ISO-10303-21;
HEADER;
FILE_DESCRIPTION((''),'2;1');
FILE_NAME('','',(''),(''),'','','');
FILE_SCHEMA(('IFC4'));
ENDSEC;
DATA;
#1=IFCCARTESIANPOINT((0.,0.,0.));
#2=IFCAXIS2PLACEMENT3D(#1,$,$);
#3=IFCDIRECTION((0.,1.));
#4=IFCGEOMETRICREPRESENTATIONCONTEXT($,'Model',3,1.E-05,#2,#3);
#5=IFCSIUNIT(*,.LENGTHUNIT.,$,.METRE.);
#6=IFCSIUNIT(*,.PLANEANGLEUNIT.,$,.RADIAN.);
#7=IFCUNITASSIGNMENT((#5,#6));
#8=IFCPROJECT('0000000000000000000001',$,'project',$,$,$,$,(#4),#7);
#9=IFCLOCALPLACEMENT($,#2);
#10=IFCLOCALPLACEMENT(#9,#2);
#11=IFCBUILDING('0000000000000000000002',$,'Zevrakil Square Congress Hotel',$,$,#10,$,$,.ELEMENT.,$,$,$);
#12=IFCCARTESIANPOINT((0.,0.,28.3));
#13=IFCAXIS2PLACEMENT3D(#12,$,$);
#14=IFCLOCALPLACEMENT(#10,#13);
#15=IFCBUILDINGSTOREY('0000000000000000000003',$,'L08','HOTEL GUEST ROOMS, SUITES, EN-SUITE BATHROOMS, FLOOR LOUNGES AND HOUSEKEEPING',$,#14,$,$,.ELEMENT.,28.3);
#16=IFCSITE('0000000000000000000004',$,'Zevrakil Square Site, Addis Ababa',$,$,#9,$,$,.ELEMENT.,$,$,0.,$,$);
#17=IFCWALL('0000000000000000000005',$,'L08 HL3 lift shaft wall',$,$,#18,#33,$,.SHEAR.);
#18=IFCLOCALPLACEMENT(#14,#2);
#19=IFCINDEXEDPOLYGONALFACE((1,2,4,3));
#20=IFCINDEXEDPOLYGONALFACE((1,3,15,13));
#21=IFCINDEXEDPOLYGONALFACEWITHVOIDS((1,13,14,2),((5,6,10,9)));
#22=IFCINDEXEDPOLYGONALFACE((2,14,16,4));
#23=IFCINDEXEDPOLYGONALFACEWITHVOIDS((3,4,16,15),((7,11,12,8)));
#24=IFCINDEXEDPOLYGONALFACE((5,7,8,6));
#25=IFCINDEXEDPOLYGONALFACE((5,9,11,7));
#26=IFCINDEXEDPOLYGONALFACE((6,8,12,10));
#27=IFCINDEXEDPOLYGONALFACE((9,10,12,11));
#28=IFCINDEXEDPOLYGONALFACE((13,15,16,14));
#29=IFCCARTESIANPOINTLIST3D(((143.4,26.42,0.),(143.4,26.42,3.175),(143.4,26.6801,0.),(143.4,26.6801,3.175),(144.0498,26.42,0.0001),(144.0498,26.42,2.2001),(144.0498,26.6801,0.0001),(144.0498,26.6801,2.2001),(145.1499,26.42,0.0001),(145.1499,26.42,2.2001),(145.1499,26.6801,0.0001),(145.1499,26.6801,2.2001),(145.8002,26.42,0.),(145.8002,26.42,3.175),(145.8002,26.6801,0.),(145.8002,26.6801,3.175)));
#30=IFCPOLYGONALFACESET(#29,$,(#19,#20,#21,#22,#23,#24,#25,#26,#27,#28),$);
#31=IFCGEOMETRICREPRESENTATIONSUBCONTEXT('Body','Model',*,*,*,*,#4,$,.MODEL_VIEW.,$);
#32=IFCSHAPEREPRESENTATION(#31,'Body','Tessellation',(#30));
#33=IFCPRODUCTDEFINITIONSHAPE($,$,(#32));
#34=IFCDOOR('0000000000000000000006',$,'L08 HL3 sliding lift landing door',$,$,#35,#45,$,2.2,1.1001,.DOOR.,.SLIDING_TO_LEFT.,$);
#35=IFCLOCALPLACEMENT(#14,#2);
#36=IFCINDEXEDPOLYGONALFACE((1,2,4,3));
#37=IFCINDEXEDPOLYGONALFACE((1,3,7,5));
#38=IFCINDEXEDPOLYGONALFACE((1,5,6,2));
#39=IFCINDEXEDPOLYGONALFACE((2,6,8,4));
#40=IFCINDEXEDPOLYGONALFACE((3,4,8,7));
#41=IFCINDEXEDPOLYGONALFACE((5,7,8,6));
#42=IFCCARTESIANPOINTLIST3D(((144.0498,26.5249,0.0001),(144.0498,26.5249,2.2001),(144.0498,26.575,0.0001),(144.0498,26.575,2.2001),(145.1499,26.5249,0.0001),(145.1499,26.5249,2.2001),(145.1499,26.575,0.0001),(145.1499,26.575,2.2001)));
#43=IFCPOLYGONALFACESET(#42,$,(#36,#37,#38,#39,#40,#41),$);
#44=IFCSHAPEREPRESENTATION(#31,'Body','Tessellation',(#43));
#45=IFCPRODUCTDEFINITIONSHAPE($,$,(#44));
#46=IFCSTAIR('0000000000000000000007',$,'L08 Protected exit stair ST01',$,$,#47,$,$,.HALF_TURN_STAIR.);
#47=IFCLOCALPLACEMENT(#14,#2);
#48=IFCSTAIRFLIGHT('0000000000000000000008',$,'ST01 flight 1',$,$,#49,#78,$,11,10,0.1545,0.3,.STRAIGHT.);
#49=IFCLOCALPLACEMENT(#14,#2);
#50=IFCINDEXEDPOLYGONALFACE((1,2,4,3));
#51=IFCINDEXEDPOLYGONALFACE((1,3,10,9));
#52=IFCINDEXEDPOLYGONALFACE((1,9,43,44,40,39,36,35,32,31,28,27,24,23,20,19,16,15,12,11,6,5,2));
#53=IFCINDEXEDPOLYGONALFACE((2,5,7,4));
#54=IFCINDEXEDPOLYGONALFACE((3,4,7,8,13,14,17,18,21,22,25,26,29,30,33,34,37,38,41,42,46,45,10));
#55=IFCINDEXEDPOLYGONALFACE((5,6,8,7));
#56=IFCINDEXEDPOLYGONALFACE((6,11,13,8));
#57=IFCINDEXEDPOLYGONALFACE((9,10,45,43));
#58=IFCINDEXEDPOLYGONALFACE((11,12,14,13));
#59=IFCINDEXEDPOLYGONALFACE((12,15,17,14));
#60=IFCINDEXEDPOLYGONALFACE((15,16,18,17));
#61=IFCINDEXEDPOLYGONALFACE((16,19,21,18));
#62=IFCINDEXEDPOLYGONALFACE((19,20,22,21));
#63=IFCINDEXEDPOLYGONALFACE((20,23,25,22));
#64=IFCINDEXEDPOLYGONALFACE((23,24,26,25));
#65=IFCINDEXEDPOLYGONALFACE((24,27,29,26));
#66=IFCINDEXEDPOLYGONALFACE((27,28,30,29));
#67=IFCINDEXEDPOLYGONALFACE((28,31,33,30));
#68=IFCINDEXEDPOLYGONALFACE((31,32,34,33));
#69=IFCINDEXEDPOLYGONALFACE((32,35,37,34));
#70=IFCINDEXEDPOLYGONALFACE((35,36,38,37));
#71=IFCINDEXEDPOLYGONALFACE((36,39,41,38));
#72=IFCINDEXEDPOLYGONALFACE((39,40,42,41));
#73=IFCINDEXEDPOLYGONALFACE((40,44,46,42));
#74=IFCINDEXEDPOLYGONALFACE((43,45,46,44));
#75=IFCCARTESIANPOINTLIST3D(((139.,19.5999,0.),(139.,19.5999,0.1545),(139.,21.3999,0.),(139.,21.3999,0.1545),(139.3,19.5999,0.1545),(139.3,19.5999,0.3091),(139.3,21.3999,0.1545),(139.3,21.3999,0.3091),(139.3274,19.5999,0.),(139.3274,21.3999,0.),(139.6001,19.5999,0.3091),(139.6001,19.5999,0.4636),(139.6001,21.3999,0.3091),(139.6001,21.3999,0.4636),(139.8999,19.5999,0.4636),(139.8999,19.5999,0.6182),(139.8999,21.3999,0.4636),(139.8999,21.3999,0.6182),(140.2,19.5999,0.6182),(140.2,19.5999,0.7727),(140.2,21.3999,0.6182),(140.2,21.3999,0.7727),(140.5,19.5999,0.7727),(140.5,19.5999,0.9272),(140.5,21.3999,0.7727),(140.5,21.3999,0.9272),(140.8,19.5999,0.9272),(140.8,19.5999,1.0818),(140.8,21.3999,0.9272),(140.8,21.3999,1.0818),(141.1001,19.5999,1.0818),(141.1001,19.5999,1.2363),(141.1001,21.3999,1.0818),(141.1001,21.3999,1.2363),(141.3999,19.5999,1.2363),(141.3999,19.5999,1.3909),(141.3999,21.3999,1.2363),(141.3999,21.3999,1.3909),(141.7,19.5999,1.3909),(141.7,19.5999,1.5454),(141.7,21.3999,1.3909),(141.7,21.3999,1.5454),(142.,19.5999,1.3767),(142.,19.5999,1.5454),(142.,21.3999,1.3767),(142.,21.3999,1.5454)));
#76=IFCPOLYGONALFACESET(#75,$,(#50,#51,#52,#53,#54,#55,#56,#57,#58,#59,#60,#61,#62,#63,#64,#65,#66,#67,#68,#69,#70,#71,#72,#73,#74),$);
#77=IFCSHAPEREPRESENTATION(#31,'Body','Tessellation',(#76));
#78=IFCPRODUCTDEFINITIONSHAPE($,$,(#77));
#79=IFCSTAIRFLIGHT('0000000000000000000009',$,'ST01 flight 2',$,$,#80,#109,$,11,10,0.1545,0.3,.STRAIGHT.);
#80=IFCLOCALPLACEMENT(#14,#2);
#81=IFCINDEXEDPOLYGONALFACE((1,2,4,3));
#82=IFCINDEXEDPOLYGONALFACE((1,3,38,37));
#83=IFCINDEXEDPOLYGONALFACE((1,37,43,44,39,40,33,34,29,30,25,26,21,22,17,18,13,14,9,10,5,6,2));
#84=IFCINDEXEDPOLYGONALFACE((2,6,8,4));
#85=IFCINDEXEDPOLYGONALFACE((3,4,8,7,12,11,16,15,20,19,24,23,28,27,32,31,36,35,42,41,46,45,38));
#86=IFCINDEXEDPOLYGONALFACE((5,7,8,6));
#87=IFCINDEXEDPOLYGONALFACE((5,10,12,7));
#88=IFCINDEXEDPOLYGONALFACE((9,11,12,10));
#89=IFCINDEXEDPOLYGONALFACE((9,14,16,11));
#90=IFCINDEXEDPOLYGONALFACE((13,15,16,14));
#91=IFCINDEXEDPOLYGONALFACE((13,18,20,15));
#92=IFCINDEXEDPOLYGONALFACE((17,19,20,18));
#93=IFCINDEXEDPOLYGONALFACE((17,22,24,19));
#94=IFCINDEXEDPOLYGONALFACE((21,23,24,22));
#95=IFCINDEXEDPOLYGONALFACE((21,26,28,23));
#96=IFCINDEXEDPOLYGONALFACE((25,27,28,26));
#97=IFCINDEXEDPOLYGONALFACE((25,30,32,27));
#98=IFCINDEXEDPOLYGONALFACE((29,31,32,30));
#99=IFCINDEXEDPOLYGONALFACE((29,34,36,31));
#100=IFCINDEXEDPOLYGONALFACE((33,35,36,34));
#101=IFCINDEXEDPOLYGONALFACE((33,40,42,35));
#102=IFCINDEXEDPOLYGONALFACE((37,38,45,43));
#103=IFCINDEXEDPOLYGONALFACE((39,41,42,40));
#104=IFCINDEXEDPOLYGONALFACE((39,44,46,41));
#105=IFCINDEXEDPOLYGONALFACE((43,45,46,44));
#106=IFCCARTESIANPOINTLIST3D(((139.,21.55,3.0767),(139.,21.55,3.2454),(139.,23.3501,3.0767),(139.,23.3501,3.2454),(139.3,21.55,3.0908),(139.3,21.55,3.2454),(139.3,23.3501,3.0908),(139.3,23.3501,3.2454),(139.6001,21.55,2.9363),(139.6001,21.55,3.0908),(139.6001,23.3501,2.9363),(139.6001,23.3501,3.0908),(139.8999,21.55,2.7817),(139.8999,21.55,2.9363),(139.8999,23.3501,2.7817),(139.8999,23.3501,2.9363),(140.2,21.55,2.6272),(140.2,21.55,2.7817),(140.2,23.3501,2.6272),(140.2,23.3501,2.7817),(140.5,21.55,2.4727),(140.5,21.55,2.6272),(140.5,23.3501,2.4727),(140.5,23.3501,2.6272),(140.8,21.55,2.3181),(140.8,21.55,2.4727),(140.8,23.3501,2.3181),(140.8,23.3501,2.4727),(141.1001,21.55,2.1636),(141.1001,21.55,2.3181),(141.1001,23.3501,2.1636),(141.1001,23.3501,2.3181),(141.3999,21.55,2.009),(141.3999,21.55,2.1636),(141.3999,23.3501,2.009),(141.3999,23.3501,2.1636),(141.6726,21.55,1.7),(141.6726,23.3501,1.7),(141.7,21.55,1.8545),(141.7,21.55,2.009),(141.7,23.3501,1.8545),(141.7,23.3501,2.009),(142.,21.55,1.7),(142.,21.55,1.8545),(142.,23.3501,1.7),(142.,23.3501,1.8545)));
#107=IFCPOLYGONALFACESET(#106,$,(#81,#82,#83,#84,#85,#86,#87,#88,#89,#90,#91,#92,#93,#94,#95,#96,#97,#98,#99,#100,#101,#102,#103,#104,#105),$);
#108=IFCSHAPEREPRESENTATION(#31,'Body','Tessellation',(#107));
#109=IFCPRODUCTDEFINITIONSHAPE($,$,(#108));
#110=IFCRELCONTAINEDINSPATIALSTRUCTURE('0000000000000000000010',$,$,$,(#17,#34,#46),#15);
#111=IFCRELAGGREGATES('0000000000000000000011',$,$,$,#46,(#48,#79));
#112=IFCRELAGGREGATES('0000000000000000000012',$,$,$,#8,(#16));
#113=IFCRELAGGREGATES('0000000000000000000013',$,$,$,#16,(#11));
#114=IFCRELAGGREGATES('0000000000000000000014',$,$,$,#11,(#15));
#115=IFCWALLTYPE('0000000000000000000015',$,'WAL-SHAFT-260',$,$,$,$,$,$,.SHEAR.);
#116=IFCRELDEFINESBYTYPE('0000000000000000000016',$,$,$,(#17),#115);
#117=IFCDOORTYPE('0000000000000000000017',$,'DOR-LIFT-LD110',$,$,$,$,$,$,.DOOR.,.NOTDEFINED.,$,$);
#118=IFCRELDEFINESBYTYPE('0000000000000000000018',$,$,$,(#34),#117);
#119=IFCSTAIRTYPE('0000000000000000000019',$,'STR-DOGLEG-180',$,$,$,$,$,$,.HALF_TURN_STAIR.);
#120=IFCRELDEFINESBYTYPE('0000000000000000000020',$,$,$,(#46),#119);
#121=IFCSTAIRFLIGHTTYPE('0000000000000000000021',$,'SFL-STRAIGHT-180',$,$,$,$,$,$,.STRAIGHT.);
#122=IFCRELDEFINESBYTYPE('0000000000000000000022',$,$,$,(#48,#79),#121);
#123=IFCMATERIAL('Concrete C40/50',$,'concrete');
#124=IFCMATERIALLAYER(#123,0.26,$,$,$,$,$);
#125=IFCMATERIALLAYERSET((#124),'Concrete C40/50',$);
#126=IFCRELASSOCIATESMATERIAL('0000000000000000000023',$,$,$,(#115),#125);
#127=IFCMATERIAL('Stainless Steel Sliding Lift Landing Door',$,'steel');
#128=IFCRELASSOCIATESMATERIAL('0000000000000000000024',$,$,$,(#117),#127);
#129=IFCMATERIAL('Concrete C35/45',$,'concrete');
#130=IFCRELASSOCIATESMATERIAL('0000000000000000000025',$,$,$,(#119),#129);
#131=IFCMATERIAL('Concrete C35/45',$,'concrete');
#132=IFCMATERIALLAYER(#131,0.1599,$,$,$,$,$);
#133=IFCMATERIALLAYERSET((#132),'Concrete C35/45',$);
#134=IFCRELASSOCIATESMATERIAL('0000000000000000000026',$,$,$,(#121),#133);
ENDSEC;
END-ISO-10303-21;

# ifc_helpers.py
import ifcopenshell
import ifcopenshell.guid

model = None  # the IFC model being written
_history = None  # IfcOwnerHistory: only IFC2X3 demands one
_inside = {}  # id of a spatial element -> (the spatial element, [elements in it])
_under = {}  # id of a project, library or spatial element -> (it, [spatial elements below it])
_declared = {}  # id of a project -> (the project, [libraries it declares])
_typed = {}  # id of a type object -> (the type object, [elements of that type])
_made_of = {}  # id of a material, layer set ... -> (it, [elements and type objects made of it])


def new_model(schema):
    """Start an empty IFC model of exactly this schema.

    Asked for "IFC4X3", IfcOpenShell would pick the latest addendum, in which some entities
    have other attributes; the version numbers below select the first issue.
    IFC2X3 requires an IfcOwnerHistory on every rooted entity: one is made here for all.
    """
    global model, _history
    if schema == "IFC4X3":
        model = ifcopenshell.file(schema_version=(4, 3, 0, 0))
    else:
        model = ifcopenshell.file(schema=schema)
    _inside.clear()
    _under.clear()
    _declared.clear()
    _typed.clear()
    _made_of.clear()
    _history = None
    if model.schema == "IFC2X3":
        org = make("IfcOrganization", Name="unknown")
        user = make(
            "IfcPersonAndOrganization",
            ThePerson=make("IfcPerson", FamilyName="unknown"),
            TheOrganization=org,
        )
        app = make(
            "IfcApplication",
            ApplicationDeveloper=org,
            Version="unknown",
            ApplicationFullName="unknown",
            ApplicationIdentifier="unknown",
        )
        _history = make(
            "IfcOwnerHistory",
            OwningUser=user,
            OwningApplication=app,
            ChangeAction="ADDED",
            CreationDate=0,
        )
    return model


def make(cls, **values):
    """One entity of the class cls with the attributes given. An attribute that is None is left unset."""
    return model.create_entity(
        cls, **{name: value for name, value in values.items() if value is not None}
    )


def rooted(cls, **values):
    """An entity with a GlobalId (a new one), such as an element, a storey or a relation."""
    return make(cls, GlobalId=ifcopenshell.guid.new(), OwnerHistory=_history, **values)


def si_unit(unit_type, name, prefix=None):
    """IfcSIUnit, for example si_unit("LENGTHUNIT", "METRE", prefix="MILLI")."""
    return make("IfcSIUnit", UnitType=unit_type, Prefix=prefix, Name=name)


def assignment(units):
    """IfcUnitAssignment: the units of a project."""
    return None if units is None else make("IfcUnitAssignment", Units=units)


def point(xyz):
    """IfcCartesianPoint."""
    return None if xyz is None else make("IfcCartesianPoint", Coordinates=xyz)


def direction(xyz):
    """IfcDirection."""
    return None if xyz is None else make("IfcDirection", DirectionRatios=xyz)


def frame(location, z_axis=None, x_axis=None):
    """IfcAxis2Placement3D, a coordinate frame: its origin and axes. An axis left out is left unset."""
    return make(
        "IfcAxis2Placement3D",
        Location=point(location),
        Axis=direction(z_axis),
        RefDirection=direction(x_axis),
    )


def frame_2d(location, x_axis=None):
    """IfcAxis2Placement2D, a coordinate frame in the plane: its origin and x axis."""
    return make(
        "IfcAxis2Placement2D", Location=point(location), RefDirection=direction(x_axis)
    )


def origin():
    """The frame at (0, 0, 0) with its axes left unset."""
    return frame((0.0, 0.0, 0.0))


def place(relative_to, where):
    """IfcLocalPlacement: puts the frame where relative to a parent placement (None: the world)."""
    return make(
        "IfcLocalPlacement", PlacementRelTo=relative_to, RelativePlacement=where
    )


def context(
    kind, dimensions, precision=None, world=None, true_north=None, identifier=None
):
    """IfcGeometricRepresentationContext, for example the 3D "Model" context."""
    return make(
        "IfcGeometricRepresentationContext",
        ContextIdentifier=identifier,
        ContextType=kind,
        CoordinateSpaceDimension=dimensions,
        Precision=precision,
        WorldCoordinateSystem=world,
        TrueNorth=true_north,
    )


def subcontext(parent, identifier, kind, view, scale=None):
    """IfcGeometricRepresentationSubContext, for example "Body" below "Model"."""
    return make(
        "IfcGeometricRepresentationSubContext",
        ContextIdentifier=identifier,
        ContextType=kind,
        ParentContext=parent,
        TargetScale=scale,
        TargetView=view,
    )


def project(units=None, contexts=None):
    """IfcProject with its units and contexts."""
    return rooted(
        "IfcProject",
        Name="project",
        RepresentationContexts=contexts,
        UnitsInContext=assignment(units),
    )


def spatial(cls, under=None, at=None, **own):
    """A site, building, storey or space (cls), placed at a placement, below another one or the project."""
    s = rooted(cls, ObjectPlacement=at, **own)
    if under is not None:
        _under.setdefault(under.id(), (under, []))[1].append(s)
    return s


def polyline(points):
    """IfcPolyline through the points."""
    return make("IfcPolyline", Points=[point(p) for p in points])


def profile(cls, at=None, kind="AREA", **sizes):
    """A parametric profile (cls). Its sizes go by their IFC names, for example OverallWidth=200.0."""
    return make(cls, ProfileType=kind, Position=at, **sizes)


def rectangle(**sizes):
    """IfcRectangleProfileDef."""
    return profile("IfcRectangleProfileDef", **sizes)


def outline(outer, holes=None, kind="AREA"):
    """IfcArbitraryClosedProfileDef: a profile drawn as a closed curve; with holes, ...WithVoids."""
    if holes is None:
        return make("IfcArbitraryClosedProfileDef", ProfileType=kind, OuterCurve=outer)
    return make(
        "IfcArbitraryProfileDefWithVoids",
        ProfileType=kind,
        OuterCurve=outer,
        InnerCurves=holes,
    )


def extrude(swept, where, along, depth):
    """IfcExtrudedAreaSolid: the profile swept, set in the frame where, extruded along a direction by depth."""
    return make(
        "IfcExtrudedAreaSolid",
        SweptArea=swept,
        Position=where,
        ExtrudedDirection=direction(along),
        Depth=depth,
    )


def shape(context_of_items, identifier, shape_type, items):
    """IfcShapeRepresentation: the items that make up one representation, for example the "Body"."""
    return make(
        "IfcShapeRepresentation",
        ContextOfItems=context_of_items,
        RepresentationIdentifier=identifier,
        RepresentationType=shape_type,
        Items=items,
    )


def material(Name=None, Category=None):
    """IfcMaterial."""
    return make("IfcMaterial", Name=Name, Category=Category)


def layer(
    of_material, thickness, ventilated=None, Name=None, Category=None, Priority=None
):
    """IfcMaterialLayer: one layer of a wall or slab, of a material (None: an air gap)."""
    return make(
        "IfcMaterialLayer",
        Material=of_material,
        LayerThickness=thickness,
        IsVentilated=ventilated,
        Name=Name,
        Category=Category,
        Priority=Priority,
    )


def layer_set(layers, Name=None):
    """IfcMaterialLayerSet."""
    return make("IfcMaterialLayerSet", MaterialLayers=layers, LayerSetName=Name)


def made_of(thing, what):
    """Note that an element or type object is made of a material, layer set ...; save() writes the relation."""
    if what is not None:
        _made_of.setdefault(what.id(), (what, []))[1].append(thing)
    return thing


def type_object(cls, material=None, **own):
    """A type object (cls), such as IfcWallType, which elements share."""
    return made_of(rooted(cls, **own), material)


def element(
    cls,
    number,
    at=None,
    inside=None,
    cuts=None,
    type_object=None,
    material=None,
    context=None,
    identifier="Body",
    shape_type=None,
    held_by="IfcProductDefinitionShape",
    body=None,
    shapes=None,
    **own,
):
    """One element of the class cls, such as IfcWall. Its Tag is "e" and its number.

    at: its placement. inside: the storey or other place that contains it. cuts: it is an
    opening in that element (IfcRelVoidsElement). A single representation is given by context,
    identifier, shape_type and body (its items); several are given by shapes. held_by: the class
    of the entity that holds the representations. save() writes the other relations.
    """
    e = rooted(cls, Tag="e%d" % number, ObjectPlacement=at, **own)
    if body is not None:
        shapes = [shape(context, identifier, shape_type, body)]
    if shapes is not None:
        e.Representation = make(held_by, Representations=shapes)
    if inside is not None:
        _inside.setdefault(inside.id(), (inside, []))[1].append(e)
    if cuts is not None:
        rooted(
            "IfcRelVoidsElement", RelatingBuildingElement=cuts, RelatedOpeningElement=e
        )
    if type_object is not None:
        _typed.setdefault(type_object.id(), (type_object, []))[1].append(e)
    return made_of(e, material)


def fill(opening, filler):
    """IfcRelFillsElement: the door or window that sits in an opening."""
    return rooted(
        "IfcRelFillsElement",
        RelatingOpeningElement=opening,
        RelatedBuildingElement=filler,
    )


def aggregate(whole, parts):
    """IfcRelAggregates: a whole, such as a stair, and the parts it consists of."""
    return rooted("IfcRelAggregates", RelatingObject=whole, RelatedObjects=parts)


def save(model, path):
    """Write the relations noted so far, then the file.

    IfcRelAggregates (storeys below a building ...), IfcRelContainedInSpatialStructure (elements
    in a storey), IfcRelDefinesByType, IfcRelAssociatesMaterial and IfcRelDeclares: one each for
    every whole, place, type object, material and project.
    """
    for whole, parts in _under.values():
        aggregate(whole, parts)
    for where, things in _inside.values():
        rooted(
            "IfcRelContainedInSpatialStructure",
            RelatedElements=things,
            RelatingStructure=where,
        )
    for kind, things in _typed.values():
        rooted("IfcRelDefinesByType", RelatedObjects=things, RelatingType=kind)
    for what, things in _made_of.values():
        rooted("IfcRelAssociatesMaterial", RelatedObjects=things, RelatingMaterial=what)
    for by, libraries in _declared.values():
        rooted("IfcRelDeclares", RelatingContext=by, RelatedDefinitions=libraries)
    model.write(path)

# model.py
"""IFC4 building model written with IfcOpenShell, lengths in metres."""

from ifc_helpers import new_model, si_unit, direction, frame, frame_2d, origin, place, context, subcontext, project, spatial, polyline, rectangle, outline, extrude, material, layer, layer_set, type_object, element, fill, aggregate, save


model = new_model("IFC4")

# Units and contexts
model_context = context("Model", 3, precision=1e-05, world=origin(), true_north=direction((0.0, 1.0)))
body_context = subcontext(model_context, "Body", "Model", "MODEL_VIEW")
ifc_project = project(units=[si_unit("LENGTHUNIT", "METRE"), si_unit("PLANEANGLEUNIT", "RADIAN")], contexts=[model_context])

# Site, building, storey
site_placement = place(None, origin())
site = spatial("IfcSite", under=ifc_project, at=site_placement, Name="Zevrakil Square Site, Addis Ababa", CompositionType="ELEMENT", RefElevation=0.0)
building_placement = place(site_placement, origin())
building = spatial("IfcBuilding", under=site, at=building_placement, Name="Zevrakil Square Congress Hotel", CompositionType="ELEMENT")
storey_placement = place(building_placement, frame((0.0, 0.0, 28.3)))
storey = spatial("IfcBuildingStorey", under=building, at=storey_placement, Name="L08", Description="HOTEL GUEST ROOMS, SUITES, EN-SUITE BATHROOMS, FLOOR LOUNGES AND HOUSEKEEPING", CompositionType="ELEMENT", Elevation=28.3)

# Wall, opening, door
ifc_material_1 = material(Name="Concrete C40/50", Category="concrete")
ifc_layer_1 = layer(ifc_material_1, 0.26)
ifc_layer_set_1 = layer_set([ifc_layer_1], Name="Concrete C40/50")
wall_type_1 = type_object("IfcWallType", Name="WAL-SHAFT-260", PredefinedType="SHEAR", material=ifc_layer_set_1)
ifc_material_2 = material(Name="Stainless Steel Sliding Lift Landing Door", Category="steel")
door_type_1 = type_object("IfcDoorType", Name="DOR-LIFT-LD110", OperationType="NOTDEFINED", PredefinedType="DOOR", material=ifc_material_2)
wall_1_placement = place(storey_placement, frame((143.3999, 26.55, 0.0), z_axis=(0.0, 0.0, 1.0), x_axis=(1.0, 0.0, 0.0)))
wall_1 = element("IfcWall", 1, at=wall_1_placement, inside=storey, type_object=wall_type_1, Name="L08 HL3 lift shaft wall", PredefinedType="SHEAR", context=body_context, shape_type="SweptSolid", body=[
    extrude(rectangle(XDim=2.4001, YDim=0.26, at=frame_2d((1.2002, 0.0))), origin(), (0.0, 0.0, 1.0), 3.175),
])
opening_1_placement = place(wall_1_placement, frame((0.6499, 0.0, 0.0)))
opening_1 = element("IfcOpeningElement", 2, at=opening_1_placement, cuts=wall_1, PredefinedType="OPENING", context=body_context, shape_type="SweptSolid", body=[
    extrude(rectangle(XDim=1.1001, YDim=2.2, at=frame_2d((0.55, 1.1001))), frame((0.0, 0.1401, 0.0), z_axis=(0.0, -1.0, 0.0), x_axis=(1.0, 0.0, 0.0)), (0.0, 0.0, 1.0), 0.28),
])
door_1_placement = place(opening_1_placement, origin())
door_1 = element("IfcDoor", 3, at=door_1_placement, inside=storey, type_object=door_type_1, Name="L08 HL3 sliding lift landing door", OperationType="SLIDING_TO_LEFT", OverallHeight=2.2, OverallWidth=1.1001, PredefinedType="DOOR", context=body_context, shape_type="SweptSolid", body=[
    extrude(rectangle(XDim=1.1001, YDim=2.2, at=frame_2d((0.55, 1.1001))), frame((0.0, 0.0249, 0.0), z_axis=(0.0, -1.0, 0.0), x_axis=(1.0, 0.0, 0.0)), (0.0, 0.0, 1.0), 0.05),
])
fill(opening_1, door_1)

# Stair, stair flights
ifc_material_3 = material(Name="Concrete C35/45", Category="concrete")
stair_type = type_object("IfcStairType", Name="STR-DOGLEG-180", PredefinedType="HALF_TURN_STAIR", material=ifc_material_3)
stair_placement = place(storey_placement, origin())
stair = element("IfcStair", 4, at=stair_placement, inside=storey, type_object=stair_type, Name="L08 Protected exit stair ST01", PredefinedType="HALF_TURN_STAIR")
ifc_material_4 = material(Name="Concrete C35/45", Category="concrete")
ifc_layer_2 = layer(ifc_material_4, 0.1599)
ifc_layer_set_2 = layer_set([ifc_layer_2], Name="Concrete C35/45")
stair_flight_type = type_object("IfcStairFlightType", Name="SFL-STRAIGHT-180", PredefinedType="STRAIGHT", material=ifc_layer_set_2)
stair_flight_1_placement = place(storey_placement, frame((139.0, 20.5, 0.0), z_axis=(0.0, 0.0, 1.0), x_axis=(1.0, 0.0, 0.0)))
stair_flight_1 = element("IfcStairFlight", 5, at=stair_flight_1_placement, type_object=stair_flight_type, Name="ST01 flight 1", NumberOfRisers=11, NumberOfTreads=10, PredefinedType="STRAIGHT", RiserHeight=0.1545, TreadLength=0.3, context=body_context, shape_type="SweptSolid", body=[
    extrude(outline(polyline([(0.0, 0.0), (0.0, 0.1545), (0.3, 0.1545), (0.3, 0.3091), (0.6001, 0.3091), (0.6001, 0.4636), (0.8999, 0.4636), (0.8999, 0.6182), (1.2, 0.6182), (1.2, 0.7727), (1.5, 0.7727), (1.5, 0.9272), (1.8, 0.9272), (1.8, 1.0818), (2.1001, 1.0818), (2.1001, 1.2363), (2.3999, 1.2363), (2.3999, 1.3909), (2.7, 1.3909), (2.7, 1.5454), (3.0, 1.5454), (3.0, 1.7), (3.0, 1.3767), (0.3274, 0.0), (0.0, 0.0)])), frame((0.0, 0.8999, 0.0), z_axis=(0.0, -1.0, 0.0), x_axis=(1.0, 0.0, 0.0)), (0.0, 0.0, 1.0), 1.8),
])
stair_flight_2_placement = place(storey_placement, frame((142.0, 22.45, 1.7), z_axis=(0.0, 0.0, 1.0), x_axis=(-1.0, 0.0, 0.0)))
stair_flight_2 = element("IfcStairFlight", 6, at=stair_flight_2_placement, type_object=stair_flight_type, Name="ST01 flight 2", NumberOfRisers=11, NumberOfTreads=10, PredefinedType="STRAIGHT", RiserHeight=0.1545, TreadLength=0.3, context=body_context, shape_type="SweptSolid", body=[
    extrude(outline(polyline([(0.0, 0.0), (0.0, 0.1545), (0.3, 0.1545), (0.3, 0.3091), (0.6001, 0.3091), (0.6001, 0.4636), (0.8999, 0.4636), (0.8999, 0.6182), (1.2, 0.6182), (1.2, 0.7727), (1.5, 0.7727), (1.5, 0.9272), (1.8, 0.9272), (1.8, 1.0818), (2.1001, 1.0818), (2.1001, 1.2363), (2.3999, 1.2363), (2.3999, 1.3909), (2.7, 1.3909), (2.7, 1.5454), (3.0, 1.5454), (3.0, 1.7), (3.0, 1.3767), (0.3274, 0.0), (0.0, 0.0)])), frame((0.0, 0.8999, 0.0), z_axis=(0.0, -1.0, 0.0), x_axis=(1.0, 0.0, 0.0)), (0.0, 0.0, 1.0), 1.8),
])
aggregate(stair, [stair_flight_1, stair_flight_2])

save(model, "model.ifc")
